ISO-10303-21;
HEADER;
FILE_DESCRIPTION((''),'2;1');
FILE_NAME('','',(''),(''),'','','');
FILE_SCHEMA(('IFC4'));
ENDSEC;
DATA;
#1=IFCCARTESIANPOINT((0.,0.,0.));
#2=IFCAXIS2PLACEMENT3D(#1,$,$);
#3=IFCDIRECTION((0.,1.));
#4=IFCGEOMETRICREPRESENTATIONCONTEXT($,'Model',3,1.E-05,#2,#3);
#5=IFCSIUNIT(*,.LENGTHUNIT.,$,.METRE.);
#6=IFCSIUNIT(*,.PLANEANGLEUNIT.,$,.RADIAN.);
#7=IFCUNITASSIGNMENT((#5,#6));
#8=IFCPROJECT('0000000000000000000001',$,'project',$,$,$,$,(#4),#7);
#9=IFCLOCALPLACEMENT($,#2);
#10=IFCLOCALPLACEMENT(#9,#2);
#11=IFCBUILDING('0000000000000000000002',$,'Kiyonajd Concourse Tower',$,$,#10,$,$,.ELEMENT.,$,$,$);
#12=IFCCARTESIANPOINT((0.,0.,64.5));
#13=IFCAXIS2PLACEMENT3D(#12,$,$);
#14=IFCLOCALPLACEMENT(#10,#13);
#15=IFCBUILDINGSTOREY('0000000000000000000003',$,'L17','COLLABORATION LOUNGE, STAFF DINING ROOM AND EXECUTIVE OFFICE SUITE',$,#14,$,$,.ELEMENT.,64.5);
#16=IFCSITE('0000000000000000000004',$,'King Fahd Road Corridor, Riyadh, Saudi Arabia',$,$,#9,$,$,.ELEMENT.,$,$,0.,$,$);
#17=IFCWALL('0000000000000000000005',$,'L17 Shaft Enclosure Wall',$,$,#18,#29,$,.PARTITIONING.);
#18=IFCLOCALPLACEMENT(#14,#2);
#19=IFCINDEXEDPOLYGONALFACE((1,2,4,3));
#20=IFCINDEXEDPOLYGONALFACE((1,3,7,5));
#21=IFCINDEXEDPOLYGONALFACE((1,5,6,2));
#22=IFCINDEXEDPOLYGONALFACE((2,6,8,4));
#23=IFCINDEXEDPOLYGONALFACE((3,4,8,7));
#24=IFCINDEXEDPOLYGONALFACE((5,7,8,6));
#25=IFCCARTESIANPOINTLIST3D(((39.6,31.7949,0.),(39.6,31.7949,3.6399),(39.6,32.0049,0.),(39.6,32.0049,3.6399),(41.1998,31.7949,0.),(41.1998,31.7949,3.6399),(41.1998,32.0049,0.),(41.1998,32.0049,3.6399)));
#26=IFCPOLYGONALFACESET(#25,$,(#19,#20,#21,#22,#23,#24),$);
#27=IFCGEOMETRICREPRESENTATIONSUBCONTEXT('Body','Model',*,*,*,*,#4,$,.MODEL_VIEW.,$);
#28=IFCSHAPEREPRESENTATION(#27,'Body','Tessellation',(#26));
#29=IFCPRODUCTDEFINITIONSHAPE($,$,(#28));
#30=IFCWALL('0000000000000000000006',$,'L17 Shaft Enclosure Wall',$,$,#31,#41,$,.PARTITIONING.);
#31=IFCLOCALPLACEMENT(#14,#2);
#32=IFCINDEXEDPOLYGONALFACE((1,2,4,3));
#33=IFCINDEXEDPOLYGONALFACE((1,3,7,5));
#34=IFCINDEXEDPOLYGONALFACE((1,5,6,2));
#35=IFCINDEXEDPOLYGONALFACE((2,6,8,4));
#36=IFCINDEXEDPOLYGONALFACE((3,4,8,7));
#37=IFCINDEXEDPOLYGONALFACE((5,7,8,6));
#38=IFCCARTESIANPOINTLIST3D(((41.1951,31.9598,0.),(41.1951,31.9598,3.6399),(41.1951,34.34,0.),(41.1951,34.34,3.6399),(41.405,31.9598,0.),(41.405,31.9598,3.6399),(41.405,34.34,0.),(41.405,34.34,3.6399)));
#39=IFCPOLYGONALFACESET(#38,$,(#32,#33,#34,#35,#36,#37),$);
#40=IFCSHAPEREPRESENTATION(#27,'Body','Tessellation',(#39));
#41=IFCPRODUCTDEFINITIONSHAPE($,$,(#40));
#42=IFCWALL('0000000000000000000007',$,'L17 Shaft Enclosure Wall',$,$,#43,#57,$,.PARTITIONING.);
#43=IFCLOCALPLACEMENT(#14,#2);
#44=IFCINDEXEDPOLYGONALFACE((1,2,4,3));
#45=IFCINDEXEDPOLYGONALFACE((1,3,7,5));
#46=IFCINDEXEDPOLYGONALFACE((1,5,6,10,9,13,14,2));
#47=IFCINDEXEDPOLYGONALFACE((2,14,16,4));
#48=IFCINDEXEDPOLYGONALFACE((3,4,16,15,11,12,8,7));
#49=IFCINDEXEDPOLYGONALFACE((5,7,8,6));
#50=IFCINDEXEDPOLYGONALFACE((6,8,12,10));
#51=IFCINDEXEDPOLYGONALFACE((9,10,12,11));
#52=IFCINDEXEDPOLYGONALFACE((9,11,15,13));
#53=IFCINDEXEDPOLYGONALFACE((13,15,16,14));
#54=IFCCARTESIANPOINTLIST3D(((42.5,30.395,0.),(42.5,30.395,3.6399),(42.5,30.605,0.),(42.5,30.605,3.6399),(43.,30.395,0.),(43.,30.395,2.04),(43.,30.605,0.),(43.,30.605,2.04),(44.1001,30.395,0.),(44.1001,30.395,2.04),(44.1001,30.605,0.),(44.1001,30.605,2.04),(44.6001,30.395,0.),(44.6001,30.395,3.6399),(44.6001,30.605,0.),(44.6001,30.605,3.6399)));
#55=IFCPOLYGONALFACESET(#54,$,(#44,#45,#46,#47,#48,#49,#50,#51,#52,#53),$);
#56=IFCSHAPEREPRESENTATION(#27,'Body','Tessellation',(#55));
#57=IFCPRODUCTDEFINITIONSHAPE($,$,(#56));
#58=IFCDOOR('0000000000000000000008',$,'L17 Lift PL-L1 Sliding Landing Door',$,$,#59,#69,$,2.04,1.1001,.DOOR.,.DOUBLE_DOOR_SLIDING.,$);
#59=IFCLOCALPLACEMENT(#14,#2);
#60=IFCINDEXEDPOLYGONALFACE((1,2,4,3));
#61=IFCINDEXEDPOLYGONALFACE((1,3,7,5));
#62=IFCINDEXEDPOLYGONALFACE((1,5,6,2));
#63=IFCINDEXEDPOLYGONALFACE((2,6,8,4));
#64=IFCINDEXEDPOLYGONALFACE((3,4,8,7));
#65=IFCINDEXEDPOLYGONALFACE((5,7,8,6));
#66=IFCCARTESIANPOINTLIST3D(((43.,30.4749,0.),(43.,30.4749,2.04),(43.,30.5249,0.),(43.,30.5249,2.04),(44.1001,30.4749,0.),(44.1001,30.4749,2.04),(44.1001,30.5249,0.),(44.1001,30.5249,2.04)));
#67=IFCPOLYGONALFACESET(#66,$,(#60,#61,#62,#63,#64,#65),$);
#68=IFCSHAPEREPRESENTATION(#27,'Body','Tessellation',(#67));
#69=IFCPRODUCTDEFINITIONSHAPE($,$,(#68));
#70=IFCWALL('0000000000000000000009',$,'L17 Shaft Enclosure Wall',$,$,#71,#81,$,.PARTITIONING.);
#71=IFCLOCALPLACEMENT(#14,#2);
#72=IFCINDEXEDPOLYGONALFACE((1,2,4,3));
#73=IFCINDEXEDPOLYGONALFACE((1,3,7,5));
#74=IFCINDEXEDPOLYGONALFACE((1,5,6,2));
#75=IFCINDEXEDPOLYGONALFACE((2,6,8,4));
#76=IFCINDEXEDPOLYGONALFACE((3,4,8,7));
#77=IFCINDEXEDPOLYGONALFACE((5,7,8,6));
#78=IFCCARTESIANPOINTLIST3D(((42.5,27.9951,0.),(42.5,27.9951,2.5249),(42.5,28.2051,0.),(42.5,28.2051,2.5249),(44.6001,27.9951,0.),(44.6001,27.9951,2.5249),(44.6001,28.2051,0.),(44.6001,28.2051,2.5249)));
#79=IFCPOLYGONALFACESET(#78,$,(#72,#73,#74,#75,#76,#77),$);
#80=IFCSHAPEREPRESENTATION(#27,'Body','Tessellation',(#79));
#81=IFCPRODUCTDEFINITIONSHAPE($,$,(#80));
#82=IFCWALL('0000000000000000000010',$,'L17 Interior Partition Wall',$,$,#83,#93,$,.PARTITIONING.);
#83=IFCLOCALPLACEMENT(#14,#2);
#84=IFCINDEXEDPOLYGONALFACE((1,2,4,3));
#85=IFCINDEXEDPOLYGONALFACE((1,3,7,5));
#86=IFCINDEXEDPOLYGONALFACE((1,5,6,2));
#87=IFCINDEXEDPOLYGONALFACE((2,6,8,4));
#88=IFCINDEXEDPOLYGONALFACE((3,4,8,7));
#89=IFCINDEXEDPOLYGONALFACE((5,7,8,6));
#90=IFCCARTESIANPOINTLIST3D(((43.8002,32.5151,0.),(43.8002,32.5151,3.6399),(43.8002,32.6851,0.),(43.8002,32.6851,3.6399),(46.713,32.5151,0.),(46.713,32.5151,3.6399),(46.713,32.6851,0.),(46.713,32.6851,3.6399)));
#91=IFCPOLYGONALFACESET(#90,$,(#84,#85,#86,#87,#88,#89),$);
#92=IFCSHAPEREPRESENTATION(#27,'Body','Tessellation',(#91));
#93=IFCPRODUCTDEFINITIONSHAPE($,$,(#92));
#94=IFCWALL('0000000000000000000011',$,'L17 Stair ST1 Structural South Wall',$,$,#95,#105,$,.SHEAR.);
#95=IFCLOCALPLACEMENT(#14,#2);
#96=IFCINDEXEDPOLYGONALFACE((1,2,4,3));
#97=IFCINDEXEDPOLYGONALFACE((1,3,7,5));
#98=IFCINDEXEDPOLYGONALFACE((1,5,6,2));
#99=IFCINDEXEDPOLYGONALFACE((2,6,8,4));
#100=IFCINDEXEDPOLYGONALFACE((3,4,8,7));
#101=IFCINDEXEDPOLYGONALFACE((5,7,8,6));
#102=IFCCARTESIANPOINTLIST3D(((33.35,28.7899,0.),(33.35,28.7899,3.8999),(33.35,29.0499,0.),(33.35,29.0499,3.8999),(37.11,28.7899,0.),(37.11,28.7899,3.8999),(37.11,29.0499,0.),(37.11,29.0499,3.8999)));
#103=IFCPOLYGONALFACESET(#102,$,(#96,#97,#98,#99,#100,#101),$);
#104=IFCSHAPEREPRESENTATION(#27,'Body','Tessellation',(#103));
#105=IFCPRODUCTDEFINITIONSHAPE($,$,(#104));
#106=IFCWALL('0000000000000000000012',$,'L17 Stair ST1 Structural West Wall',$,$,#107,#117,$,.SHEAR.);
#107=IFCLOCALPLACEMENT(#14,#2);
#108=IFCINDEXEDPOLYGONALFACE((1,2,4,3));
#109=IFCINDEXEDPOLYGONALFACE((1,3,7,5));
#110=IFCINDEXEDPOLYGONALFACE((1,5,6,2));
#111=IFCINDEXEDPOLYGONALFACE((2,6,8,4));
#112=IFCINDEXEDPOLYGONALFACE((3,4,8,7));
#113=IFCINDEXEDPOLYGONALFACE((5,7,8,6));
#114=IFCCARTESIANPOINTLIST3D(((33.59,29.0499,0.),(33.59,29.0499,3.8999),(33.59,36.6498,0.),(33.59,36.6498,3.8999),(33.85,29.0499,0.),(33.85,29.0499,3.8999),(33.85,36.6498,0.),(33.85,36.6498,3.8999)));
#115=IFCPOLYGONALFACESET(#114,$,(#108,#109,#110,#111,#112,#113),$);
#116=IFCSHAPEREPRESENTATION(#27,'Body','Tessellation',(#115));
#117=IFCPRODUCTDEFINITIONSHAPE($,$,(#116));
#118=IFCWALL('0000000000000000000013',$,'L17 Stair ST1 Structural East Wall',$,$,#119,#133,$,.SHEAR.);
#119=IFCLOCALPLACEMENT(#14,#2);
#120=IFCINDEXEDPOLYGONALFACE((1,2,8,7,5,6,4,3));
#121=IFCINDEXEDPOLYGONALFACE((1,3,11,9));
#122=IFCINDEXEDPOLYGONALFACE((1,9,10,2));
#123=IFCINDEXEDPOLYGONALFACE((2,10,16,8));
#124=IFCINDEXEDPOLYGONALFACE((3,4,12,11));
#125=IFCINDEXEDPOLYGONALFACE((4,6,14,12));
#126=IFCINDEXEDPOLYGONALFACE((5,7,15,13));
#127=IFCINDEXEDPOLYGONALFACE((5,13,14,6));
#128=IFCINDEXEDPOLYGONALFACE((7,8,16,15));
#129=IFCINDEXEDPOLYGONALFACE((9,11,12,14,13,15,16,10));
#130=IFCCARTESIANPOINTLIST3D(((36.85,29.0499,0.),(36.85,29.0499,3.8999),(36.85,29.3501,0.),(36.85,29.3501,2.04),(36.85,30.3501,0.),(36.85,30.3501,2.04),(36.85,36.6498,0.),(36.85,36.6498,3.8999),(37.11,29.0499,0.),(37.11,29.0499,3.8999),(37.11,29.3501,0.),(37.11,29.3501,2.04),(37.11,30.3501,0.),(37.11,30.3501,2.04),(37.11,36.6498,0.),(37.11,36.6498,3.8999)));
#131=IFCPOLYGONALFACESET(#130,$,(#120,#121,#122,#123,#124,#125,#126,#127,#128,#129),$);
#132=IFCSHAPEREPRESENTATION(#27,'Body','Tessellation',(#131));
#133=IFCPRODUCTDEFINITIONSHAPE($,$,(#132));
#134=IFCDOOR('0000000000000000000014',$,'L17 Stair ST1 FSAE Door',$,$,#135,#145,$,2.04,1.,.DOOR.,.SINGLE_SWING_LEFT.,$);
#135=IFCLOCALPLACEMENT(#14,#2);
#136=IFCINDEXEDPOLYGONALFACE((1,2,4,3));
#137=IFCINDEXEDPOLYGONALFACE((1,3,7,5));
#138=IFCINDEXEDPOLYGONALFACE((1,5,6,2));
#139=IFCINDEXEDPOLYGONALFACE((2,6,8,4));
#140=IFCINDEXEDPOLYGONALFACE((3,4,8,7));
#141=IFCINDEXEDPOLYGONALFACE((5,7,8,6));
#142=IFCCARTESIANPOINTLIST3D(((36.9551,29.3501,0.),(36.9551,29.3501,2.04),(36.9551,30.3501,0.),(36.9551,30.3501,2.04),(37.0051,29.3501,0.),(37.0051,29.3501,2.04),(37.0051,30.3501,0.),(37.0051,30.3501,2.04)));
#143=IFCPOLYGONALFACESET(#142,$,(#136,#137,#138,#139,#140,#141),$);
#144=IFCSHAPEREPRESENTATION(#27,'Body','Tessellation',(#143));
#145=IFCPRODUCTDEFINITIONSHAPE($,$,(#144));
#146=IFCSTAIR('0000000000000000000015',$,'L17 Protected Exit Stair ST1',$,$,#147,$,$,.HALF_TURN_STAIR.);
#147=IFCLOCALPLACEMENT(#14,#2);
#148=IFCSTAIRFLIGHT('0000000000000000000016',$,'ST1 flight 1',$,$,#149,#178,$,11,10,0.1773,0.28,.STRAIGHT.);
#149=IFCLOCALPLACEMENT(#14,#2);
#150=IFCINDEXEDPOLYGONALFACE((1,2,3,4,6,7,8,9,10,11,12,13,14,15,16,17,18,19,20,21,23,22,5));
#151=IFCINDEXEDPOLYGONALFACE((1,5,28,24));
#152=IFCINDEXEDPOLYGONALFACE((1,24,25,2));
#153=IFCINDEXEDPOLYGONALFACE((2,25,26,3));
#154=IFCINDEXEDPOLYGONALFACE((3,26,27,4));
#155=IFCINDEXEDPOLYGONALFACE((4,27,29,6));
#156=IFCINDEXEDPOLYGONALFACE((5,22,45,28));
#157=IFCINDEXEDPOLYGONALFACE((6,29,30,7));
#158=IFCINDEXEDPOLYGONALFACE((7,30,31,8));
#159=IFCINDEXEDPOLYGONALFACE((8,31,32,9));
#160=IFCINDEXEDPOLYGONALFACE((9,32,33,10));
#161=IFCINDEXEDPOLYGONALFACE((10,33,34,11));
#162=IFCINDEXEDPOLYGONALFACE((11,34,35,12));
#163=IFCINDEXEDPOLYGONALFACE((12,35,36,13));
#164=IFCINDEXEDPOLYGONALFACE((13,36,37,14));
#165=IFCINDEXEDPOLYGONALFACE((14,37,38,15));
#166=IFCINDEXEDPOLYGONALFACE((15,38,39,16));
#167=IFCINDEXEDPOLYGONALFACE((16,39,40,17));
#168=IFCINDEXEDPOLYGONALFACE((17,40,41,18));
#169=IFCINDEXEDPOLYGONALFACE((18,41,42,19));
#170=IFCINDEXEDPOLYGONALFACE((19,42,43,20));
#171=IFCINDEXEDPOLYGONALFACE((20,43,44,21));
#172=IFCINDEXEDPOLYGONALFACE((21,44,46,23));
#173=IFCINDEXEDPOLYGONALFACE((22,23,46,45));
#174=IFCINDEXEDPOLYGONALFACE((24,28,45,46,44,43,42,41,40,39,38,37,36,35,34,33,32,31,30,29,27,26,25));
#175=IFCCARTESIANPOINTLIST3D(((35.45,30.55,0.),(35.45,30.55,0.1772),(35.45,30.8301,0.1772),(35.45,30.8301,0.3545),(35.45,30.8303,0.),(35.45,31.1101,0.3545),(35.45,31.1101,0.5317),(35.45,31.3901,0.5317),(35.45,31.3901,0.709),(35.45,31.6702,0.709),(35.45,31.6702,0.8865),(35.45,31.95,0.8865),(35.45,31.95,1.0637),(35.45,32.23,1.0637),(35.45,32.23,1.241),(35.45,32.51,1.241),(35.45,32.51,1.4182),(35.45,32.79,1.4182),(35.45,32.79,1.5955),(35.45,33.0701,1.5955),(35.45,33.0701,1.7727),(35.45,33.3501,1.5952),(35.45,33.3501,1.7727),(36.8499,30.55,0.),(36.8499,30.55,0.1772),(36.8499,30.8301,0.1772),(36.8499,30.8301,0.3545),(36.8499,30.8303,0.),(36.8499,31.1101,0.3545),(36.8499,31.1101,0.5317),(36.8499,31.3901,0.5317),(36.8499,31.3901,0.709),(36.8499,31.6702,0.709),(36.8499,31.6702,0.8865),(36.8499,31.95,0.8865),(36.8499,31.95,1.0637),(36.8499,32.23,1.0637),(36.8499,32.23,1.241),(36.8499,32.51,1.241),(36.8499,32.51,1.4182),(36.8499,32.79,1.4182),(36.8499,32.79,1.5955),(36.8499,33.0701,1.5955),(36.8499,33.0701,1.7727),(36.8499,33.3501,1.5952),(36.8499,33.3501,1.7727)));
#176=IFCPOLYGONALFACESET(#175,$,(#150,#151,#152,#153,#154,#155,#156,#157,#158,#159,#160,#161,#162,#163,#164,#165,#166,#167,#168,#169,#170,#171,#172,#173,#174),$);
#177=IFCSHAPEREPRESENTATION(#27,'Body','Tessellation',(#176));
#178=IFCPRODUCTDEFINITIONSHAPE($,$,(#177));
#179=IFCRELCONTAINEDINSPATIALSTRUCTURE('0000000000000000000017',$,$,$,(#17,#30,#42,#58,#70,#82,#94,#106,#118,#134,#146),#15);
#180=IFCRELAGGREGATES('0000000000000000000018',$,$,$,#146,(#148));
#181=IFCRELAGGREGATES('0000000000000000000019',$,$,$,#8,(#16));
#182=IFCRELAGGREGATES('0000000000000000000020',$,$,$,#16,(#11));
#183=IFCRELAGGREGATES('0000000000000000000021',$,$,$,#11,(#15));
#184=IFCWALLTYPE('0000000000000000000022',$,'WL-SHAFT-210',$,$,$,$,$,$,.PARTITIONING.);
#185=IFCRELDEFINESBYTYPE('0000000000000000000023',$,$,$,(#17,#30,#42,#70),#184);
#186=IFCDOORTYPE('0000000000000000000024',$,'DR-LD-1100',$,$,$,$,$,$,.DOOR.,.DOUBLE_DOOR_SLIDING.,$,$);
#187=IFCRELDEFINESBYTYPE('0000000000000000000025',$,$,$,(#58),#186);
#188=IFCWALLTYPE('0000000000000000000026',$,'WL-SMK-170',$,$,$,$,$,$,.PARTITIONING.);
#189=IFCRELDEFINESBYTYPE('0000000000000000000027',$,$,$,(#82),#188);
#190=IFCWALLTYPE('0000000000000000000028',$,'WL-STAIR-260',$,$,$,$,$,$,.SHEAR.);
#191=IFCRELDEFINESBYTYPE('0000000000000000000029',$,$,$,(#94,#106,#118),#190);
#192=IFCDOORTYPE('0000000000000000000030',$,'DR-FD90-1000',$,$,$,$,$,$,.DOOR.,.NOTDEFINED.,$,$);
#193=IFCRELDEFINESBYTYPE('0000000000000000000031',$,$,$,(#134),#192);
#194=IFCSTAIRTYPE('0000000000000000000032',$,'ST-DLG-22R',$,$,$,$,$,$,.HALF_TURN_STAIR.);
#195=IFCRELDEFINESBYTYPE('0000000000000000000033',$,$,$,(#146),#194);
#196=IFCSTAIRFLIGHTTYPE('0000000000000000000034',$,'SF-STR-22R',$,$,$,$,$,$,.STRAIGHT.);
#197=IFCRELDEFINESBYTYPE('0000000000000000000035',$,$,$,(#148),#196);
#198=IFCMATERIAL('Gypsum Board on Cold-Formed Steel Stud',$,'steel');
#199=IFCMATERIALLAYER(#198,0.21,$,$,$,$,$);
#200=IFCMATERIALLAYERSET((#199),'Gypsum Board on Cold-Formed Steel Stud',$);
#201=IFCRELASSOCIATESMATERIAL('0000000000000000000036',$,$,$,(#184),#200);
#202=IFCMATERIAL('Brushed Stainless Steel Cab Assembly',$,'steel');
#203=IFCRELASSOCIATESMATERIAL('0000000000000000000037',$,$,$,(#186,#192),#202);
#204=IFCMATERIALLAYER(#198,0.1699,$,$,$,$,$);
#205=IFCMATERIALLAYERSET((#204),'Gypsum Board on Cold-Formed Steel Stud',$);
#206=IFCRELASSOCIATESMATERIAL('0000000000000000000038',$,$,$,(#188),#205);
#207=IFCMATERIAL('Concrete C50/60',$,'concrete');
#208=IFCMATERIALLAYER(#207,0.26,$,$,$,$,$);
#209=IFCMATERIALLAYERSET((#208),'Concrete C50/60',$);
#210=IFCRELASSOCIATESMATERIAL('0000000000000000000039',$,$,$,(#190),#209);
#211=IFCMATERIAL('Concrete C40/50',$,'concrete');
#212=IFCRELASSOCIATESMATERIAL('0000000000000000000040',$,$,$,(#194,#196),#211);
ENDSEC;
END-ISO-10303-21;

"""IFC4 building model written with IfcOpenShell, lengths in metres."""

from ifc_helpers import new_model, si_unit, direction, frame, frame_2d, origin, place, context, subcontext, project, spatial, polyline, rectangle, outline, extrude, material, layer, layer_set, type_object, element, fill, aggregate, save


model = new_model("IFC4")

# Units and contexts
model_context = context("Model", 3, precision=1e-05, world=origin(), true_north=direction((0.0, 1.0)))
body_context = subcontext(model_context, "Body", "Model", "MODEL_VIEW")
ifc_project = project(units=[si_unit("LENGTHUNIT", "METRE"), si_unit("PLANEANGLEUNIT", "RADIAN")], contexts=[model_context])

# Site, building, storey
site_placement = place(None, origin())
site = spatial("IfcSite", under=ifc_project, at=site_placement, Name="King Fahd Road Corridor, Riyadh, Saudi Arabia", CompositionType="ELEMENT", RefElevation=0.0)
building_placement = place(site_placement, origin())
building = spatial("IfcBuilding", under=site, at=building_placement, Name="Kiyonajd Concourse Tower", CompositionType="ELEMENT")
storey_placement = place(building_placement, frame((0.0, 0.0, 64.5)))
storey = spatial("IfcBuildingStorey", under=building, at=storey_placement, Name="L17", Description="COLLABORATION LOUNGE, STAFF DINING ROOM AND EXECUTIVE OFFICE SUITE", CompositionType="ELEMENT", Elevation=64.5)

# Shared definitions
ifc_material_1 = material(Name="Concrete C50/60", Category="concrete")

# Shared definitions
ifc_material_2 = material(Name="Brushed Stainless Steel Cab Assembly", Category="steel")

# Shared definitions
ifc_material_3 = material(Name="Gypsum Board on Cold-Formed Steel Stud", Category="steel")

# Shared definitions
ifc_layer_1 = layer(ifc_material_3, 0.21)
ifc_layer_set_1 = layer_set([ifc_layer_1], Name="Gypsum Board on Cold-Formed Steel Stud")
wall_type_1 = type_object("IfcWallType", Name="WL-SHAFT-210", PredefinedType="PARTITIONING", material=ifc_layer_set_1)

# Walls
wall_1_placement = place(storey_placement, frame((39.6001, 31.8999, 0.0), z_axis=(0.0, 0.0, 1.0), x_axis=(1.0, 0.0, 0.0)))
element("IfcWall", 1, at=wall_1_placement, inside=storey, type_object=wall_type_1, Name="L17 Shaft Enclosure Wall", PredefinedType="PARTITIONING", context=body_context, shape_type="SweptSolid", body=[
    extrude(rectangle(XDim=1.5999, YDim=0.21, at=frame_2d((0.7998, 0.0))), origin(), (0.0, 0.0, 1.0), 3.6399),
])
wall_2_placement = place(storey_placement, frame((41.3, 31.96, 0.0), z_axis=(0.0, 0.0, 1.0), x_axis=(0.0, 1.0, 0.0)))
element("IfcWall", 2, at=wall_2_placement, inside=storey, type_object=wall_type_1, Name="L17 Shaft Enclosure Wall", PredefinedType="PARTITIONING", context=body_context, shape_type="SweptSolid", body=[
    extrude(rectangle(XDim=2.3801, YDim=0.21, at=frame_2d((1.1899, 0.0))), origin(), (0.0, 0.0, 1.0), 3.6399),
])

# Wall, opening, door
wall_3_placement = place(storey_placement, frame((42.5, 30.5, 0.0), z_axis=(0.0, 0.0, 1.0), x_axis=(1.0, 0.0, 0.0)))
wall_3 = element("IfcWall", 3, at=wall_3_placement, inside=storey, type_object=wall_type_1, Name="L17 Shaft Enclosure Wall", PredefinedType="PARTITIONING", context=body_context, shape_type="SweptSolid", body=[
    extrude(rectangle(XDim=2.1001, YDim=0.21, at=frame_2d((1.05, 0.0))), origin(), (0.0, 0.0, 1.0), 3.6399),
])
opening_1_placement = place(wall_3_placement, frame((0.5, 0.0, 0.0)))
opening_1 = element("IfcOpeningElement", 4, at=opening_1_placement, cuts=wall_3, PredefinedType="OPENING", context=body_context, shape_type="SweptSolid", body=[
    extrude(rectangle(XDim=1.1001, YDim=2.04, at=frame_2d((0.55, 1.02))), frame((0.0, 0.115, 0.0), z_axis=(0.0, -1.0, 0.0), x_axis=(1.0, 0.0, 0.0)), (0.0, 0.0, 1.0), 0.23),
])
door_type_1 = type_object("IfcDoorType", Name="DR-LD-1100", OperationType="DOUBLE_DOOR_SLIDING", PredefinedType="DOOR", material=ifc_material_2)
door_1_placement = place(opening_1_placement, origin())
door_1 = element("IfcDoor", 5, at=door_1_placement, inside=storey, type_object=door_type_1, Name="L17 Lift PL-L1 Sliding Landing Door", OperationType="DOUBLE_DOOR_SLIDING", OverallHeight=2.04, OverallWidth=1.1001, PredefinedType="DOOR", context=body_context, shape_type="SweptSolid", body=[
    extrude(rectangle(XDim=1.1001, YDim=2.04, at=frame_2d((0.55, 1.02))), frame((0.0, 0.0249, 0.0), z_axis=(0.0, -1.0, 0.0), x_axis=(1.0, 0.0, 0.0)), (0.0, 0.0, 1.0), 0.05),
])
fill(opening_1, door_1)

# Walls
wall_4_placement = place(storey_placement, frame((42.5, 28.1001, 0.0), z_axis=(0.0, 0.0, 1.0), x_axis=(1.0, 0.0, 0.0)))
element("IfcWall", 6, at=wall_4_placement, inside=storey, type_object=wall_type_1, Name="L17 Shaft Enclosure Wall", PredefinedType="PARTITIONING", context=body_context, shape_type="SweptSolid", body=[
    extrude(rectangle(XDim=2.1001, YDim=0.21, at=frame_2d((1.05, 0.0))), origin(), (0.0, 0.0, 1.0), 2.5249),
])
ifc_layer_2 = layer(ifc_material_3, 0.1699)
ifc_layer_set_2 = layer_set([ifc_layer_2], Name="Gypsum Board on Cold-Formed Steel Stud")
wall_type_2 = type_object("IfcWallType", Name="WL-SMK-170", PredefinedType="PARTITIONING", material=ifc_layer_set_2)
wall_5_placement = place(storey_placement, frame((43.8, 32.6001, 0.0), z_axis=(0.0, 0.0, 1.0), x_axis=(1.0, 0.0, 0.0)))
element("IfcWall", 7, at=wall_5_placement, inside=storey, type_object=wall_type_2, Name="L17 Interior Partition Wall", PredefinedType="PARTITIONING", context=body_context, shape_type="SweptSolid", body=[
    extrude(rectangle(XDim=2.9128, YDim=0.1699, at=frame_2d((1.4565, 0.0))), origin(), (0.0, 0.0, 1.0), 3.6399),
])
ifc_layer_3 = layer(ifc_material_1, 0.26)
ifc_layer_set_3 = layer_set([ifc_layer_3], Name="Concrete C50/60")
wall_type_3 = type_object("IfcWallType", Name="WL-STAIR-260", PredefinedType="SHEAR", material=ifc_layer_set_3)
wall_6_placement = place(storey_placement, frame((33.3501, 28.9199, 0.0), z_axis=(0.0, 0.0, 1.0), x_axis=(1.0, 0.0, 0.0)))
element("IfcWall", 8, at=wall_6_placement, inside=storey, type_object=wall_type_3, Name="L17 Stair ST1 Structural South Wall", PredefinedType="SHEAR", context=body_context, shape_type="SweptSolid", body=[
    extrude(rectangle(XDim=3.76, YDim=0.26, at=frame_2d((1.8799, 0.0))), origin(), (0.0, 0.0, 1.0), 3.8999),
])
wall_7_placement = place(storey_placement, frame((33.72, 29.05, 0.0), z_axis=(0.0, 0.0, 1.0), x_axis=(0.0, 1.0, 0.0)))
element("IfcWall", 9, at=wall_7_placement, inside=storey, type_object=wall_type_3, Name="L17 Stair ST1 Structural West Wall", PredefinedType="SHEAR", context=body_context, shape_type="SweptSolid", body=[
    extrude(rectangle(XDim=7.5999, YDim=0.26, at=frame_2d((3.7998, 0.0))), origin(), (0.0, 0.0, 1.0), 3.8999),
])

# Wall, opening, door
wall_8_placement = place(storey_placement, frame((36.98, 29.05, 0.0), z_axis=(0.0, 0.0, 1.0), x_axis=(0.0, 1.0, 0.0)))
wall_8 = element("IfcWall", 10, at=wall_8_placement, inside=storey, type_object=wall_type_3, Name="L17 Stair ST1 Structural East Wall", PredefinedType="SHEAR", context=body_context, shape_type="SweptSolid", body=[
    extrude(rectangle(XDim=7.5999, YDim=0.26, at=frame_2d((3.7998, 0.0))), origin(), (0.0, 0.0, 1.0), 3.8999),
])
opening_2_placement = place(wall_8_placement, frame((0.3, 0.0, 0.0)))
opening_2 = element("IfcOpeningElement", 11, at=opening_2_placement, cuts=wall_8, PredefinedType="OPENING", context=body_context, shape_type="SweptSolid", body=[
    extrude(rectangle(XDim=1.0, YDim=2.04, at=frame_2d((0.5, 1.02))), frame((0.0, 0.1399, 0.0), z_axis=(0.0, -1.0, 0.0), x_axis=(1.0, 0.0, 0.0)), (0.0, 0.0, 1.0), 0.28),
])
door_type_2 = type_object("IfcDoorType", Name="DR-FD90-1000", OperationType="NOTDEFINED", PredefinedType="DOOR", material=ifc_material_2)
door_2_placement = place(opening_2_placement, origin())
door_2 = element("IfcDoor", 12, at=door_2_placement, inside=storey, type_object=door_type_2, Name="L17 Stair ST1 FSAE Door", OperationType="SINGLE_SWING_LEFT", OverallHeight=2.04, OverallWidth=1.0, PredefinedType="DOOR", context=body_context, shape_type="SweptSolid", body=[
    extrude(rectangle(XDim=1.0, YDim=2.04, at=frame_2d((0.5, 1.02))), frame((0.0, 0.0249, 0.0), z_axis=(0.0, -1.0, 0.0), x_axis=(1.0, 0.0, 0.0)), (0.0, 0.0, 1.0), 0.05),
])
fill(opening_2, door_2)

# Stair, stair flight
ifc_material_4 = material(Name="Concrete C40/50", Category="concrete")
stair_type = type_object("IfcStairType", Name="ST-DLG-22R", PredefinedType="HALF_TURN_STAIR", material=ifc_material_4)
stair_placement = place(storey_placement, origin())
stair = element("IfcStair", 13, at=stair_placement, inside=storey, type_object=stair_type, Name="L17 Protected Exit Stair ST1", PredefinedType="HALF_TURN_STAIR")
stair_flight_type = type_object("IfcStairFlightType", Name="SF-STR-22R", PredefinedType="STRAIGHT", material=ifc_material_4)
stair_flight_1_placement = place(storey_placement, frame((36.1499, 30.55, 0.0), z_axis=(0.0, 0.0, 1.0), x_axis=(0.0, 1.0, 0.0)))
stair_flight_1 = element("IfcStairFlight", 14, at=stair_flight_1_placement, type_object=stair_flight_type, Name="ST1 flight 1", NumberOfRisers=11, NumberOfTreads=10, PredefinedType="STRAIGHT", RiserHeight=0.1773, TreadLength=0.28, context=body_context, shape_type="SweptSolid", body=[
    extrude(outline(polyline([(0.0, 0.0), (0.0, 0.1772), (0.28, 0.1772), (0.28, 0.3545), (0.5601, 0.3545), (0.5601, 0.5317), (0.8401, 0.5317), (0.8401, 0.709), (1.1201, 0.709), (1.1201, 0.8865), (1.3999, 0.8865), (1.3999, 1.0637), (1.6799, 1.0637), (1.6799, 1.241), (1.96, 1.241), (1.96, 1.4182), (2.24, 1.4182), (2.24, 1.5955), (2.52, 1.5955), (2.52, 1.7727), (2.8, 1.7727), (2.8, 1.95), (2.8, 1.5952), (0.2803, 0.0), (0.0, 0.0)])), frame((0.0, 0.7, 0.0), z_axis=(0.0, -1.0, 0.0), x_axis=(1.0, 0.0, 0.0)), (0.0, 0.0, 1.0), 1.3999),
])
aggregate(stair, [stair_flight_1])

save(model, "model.ifc")
